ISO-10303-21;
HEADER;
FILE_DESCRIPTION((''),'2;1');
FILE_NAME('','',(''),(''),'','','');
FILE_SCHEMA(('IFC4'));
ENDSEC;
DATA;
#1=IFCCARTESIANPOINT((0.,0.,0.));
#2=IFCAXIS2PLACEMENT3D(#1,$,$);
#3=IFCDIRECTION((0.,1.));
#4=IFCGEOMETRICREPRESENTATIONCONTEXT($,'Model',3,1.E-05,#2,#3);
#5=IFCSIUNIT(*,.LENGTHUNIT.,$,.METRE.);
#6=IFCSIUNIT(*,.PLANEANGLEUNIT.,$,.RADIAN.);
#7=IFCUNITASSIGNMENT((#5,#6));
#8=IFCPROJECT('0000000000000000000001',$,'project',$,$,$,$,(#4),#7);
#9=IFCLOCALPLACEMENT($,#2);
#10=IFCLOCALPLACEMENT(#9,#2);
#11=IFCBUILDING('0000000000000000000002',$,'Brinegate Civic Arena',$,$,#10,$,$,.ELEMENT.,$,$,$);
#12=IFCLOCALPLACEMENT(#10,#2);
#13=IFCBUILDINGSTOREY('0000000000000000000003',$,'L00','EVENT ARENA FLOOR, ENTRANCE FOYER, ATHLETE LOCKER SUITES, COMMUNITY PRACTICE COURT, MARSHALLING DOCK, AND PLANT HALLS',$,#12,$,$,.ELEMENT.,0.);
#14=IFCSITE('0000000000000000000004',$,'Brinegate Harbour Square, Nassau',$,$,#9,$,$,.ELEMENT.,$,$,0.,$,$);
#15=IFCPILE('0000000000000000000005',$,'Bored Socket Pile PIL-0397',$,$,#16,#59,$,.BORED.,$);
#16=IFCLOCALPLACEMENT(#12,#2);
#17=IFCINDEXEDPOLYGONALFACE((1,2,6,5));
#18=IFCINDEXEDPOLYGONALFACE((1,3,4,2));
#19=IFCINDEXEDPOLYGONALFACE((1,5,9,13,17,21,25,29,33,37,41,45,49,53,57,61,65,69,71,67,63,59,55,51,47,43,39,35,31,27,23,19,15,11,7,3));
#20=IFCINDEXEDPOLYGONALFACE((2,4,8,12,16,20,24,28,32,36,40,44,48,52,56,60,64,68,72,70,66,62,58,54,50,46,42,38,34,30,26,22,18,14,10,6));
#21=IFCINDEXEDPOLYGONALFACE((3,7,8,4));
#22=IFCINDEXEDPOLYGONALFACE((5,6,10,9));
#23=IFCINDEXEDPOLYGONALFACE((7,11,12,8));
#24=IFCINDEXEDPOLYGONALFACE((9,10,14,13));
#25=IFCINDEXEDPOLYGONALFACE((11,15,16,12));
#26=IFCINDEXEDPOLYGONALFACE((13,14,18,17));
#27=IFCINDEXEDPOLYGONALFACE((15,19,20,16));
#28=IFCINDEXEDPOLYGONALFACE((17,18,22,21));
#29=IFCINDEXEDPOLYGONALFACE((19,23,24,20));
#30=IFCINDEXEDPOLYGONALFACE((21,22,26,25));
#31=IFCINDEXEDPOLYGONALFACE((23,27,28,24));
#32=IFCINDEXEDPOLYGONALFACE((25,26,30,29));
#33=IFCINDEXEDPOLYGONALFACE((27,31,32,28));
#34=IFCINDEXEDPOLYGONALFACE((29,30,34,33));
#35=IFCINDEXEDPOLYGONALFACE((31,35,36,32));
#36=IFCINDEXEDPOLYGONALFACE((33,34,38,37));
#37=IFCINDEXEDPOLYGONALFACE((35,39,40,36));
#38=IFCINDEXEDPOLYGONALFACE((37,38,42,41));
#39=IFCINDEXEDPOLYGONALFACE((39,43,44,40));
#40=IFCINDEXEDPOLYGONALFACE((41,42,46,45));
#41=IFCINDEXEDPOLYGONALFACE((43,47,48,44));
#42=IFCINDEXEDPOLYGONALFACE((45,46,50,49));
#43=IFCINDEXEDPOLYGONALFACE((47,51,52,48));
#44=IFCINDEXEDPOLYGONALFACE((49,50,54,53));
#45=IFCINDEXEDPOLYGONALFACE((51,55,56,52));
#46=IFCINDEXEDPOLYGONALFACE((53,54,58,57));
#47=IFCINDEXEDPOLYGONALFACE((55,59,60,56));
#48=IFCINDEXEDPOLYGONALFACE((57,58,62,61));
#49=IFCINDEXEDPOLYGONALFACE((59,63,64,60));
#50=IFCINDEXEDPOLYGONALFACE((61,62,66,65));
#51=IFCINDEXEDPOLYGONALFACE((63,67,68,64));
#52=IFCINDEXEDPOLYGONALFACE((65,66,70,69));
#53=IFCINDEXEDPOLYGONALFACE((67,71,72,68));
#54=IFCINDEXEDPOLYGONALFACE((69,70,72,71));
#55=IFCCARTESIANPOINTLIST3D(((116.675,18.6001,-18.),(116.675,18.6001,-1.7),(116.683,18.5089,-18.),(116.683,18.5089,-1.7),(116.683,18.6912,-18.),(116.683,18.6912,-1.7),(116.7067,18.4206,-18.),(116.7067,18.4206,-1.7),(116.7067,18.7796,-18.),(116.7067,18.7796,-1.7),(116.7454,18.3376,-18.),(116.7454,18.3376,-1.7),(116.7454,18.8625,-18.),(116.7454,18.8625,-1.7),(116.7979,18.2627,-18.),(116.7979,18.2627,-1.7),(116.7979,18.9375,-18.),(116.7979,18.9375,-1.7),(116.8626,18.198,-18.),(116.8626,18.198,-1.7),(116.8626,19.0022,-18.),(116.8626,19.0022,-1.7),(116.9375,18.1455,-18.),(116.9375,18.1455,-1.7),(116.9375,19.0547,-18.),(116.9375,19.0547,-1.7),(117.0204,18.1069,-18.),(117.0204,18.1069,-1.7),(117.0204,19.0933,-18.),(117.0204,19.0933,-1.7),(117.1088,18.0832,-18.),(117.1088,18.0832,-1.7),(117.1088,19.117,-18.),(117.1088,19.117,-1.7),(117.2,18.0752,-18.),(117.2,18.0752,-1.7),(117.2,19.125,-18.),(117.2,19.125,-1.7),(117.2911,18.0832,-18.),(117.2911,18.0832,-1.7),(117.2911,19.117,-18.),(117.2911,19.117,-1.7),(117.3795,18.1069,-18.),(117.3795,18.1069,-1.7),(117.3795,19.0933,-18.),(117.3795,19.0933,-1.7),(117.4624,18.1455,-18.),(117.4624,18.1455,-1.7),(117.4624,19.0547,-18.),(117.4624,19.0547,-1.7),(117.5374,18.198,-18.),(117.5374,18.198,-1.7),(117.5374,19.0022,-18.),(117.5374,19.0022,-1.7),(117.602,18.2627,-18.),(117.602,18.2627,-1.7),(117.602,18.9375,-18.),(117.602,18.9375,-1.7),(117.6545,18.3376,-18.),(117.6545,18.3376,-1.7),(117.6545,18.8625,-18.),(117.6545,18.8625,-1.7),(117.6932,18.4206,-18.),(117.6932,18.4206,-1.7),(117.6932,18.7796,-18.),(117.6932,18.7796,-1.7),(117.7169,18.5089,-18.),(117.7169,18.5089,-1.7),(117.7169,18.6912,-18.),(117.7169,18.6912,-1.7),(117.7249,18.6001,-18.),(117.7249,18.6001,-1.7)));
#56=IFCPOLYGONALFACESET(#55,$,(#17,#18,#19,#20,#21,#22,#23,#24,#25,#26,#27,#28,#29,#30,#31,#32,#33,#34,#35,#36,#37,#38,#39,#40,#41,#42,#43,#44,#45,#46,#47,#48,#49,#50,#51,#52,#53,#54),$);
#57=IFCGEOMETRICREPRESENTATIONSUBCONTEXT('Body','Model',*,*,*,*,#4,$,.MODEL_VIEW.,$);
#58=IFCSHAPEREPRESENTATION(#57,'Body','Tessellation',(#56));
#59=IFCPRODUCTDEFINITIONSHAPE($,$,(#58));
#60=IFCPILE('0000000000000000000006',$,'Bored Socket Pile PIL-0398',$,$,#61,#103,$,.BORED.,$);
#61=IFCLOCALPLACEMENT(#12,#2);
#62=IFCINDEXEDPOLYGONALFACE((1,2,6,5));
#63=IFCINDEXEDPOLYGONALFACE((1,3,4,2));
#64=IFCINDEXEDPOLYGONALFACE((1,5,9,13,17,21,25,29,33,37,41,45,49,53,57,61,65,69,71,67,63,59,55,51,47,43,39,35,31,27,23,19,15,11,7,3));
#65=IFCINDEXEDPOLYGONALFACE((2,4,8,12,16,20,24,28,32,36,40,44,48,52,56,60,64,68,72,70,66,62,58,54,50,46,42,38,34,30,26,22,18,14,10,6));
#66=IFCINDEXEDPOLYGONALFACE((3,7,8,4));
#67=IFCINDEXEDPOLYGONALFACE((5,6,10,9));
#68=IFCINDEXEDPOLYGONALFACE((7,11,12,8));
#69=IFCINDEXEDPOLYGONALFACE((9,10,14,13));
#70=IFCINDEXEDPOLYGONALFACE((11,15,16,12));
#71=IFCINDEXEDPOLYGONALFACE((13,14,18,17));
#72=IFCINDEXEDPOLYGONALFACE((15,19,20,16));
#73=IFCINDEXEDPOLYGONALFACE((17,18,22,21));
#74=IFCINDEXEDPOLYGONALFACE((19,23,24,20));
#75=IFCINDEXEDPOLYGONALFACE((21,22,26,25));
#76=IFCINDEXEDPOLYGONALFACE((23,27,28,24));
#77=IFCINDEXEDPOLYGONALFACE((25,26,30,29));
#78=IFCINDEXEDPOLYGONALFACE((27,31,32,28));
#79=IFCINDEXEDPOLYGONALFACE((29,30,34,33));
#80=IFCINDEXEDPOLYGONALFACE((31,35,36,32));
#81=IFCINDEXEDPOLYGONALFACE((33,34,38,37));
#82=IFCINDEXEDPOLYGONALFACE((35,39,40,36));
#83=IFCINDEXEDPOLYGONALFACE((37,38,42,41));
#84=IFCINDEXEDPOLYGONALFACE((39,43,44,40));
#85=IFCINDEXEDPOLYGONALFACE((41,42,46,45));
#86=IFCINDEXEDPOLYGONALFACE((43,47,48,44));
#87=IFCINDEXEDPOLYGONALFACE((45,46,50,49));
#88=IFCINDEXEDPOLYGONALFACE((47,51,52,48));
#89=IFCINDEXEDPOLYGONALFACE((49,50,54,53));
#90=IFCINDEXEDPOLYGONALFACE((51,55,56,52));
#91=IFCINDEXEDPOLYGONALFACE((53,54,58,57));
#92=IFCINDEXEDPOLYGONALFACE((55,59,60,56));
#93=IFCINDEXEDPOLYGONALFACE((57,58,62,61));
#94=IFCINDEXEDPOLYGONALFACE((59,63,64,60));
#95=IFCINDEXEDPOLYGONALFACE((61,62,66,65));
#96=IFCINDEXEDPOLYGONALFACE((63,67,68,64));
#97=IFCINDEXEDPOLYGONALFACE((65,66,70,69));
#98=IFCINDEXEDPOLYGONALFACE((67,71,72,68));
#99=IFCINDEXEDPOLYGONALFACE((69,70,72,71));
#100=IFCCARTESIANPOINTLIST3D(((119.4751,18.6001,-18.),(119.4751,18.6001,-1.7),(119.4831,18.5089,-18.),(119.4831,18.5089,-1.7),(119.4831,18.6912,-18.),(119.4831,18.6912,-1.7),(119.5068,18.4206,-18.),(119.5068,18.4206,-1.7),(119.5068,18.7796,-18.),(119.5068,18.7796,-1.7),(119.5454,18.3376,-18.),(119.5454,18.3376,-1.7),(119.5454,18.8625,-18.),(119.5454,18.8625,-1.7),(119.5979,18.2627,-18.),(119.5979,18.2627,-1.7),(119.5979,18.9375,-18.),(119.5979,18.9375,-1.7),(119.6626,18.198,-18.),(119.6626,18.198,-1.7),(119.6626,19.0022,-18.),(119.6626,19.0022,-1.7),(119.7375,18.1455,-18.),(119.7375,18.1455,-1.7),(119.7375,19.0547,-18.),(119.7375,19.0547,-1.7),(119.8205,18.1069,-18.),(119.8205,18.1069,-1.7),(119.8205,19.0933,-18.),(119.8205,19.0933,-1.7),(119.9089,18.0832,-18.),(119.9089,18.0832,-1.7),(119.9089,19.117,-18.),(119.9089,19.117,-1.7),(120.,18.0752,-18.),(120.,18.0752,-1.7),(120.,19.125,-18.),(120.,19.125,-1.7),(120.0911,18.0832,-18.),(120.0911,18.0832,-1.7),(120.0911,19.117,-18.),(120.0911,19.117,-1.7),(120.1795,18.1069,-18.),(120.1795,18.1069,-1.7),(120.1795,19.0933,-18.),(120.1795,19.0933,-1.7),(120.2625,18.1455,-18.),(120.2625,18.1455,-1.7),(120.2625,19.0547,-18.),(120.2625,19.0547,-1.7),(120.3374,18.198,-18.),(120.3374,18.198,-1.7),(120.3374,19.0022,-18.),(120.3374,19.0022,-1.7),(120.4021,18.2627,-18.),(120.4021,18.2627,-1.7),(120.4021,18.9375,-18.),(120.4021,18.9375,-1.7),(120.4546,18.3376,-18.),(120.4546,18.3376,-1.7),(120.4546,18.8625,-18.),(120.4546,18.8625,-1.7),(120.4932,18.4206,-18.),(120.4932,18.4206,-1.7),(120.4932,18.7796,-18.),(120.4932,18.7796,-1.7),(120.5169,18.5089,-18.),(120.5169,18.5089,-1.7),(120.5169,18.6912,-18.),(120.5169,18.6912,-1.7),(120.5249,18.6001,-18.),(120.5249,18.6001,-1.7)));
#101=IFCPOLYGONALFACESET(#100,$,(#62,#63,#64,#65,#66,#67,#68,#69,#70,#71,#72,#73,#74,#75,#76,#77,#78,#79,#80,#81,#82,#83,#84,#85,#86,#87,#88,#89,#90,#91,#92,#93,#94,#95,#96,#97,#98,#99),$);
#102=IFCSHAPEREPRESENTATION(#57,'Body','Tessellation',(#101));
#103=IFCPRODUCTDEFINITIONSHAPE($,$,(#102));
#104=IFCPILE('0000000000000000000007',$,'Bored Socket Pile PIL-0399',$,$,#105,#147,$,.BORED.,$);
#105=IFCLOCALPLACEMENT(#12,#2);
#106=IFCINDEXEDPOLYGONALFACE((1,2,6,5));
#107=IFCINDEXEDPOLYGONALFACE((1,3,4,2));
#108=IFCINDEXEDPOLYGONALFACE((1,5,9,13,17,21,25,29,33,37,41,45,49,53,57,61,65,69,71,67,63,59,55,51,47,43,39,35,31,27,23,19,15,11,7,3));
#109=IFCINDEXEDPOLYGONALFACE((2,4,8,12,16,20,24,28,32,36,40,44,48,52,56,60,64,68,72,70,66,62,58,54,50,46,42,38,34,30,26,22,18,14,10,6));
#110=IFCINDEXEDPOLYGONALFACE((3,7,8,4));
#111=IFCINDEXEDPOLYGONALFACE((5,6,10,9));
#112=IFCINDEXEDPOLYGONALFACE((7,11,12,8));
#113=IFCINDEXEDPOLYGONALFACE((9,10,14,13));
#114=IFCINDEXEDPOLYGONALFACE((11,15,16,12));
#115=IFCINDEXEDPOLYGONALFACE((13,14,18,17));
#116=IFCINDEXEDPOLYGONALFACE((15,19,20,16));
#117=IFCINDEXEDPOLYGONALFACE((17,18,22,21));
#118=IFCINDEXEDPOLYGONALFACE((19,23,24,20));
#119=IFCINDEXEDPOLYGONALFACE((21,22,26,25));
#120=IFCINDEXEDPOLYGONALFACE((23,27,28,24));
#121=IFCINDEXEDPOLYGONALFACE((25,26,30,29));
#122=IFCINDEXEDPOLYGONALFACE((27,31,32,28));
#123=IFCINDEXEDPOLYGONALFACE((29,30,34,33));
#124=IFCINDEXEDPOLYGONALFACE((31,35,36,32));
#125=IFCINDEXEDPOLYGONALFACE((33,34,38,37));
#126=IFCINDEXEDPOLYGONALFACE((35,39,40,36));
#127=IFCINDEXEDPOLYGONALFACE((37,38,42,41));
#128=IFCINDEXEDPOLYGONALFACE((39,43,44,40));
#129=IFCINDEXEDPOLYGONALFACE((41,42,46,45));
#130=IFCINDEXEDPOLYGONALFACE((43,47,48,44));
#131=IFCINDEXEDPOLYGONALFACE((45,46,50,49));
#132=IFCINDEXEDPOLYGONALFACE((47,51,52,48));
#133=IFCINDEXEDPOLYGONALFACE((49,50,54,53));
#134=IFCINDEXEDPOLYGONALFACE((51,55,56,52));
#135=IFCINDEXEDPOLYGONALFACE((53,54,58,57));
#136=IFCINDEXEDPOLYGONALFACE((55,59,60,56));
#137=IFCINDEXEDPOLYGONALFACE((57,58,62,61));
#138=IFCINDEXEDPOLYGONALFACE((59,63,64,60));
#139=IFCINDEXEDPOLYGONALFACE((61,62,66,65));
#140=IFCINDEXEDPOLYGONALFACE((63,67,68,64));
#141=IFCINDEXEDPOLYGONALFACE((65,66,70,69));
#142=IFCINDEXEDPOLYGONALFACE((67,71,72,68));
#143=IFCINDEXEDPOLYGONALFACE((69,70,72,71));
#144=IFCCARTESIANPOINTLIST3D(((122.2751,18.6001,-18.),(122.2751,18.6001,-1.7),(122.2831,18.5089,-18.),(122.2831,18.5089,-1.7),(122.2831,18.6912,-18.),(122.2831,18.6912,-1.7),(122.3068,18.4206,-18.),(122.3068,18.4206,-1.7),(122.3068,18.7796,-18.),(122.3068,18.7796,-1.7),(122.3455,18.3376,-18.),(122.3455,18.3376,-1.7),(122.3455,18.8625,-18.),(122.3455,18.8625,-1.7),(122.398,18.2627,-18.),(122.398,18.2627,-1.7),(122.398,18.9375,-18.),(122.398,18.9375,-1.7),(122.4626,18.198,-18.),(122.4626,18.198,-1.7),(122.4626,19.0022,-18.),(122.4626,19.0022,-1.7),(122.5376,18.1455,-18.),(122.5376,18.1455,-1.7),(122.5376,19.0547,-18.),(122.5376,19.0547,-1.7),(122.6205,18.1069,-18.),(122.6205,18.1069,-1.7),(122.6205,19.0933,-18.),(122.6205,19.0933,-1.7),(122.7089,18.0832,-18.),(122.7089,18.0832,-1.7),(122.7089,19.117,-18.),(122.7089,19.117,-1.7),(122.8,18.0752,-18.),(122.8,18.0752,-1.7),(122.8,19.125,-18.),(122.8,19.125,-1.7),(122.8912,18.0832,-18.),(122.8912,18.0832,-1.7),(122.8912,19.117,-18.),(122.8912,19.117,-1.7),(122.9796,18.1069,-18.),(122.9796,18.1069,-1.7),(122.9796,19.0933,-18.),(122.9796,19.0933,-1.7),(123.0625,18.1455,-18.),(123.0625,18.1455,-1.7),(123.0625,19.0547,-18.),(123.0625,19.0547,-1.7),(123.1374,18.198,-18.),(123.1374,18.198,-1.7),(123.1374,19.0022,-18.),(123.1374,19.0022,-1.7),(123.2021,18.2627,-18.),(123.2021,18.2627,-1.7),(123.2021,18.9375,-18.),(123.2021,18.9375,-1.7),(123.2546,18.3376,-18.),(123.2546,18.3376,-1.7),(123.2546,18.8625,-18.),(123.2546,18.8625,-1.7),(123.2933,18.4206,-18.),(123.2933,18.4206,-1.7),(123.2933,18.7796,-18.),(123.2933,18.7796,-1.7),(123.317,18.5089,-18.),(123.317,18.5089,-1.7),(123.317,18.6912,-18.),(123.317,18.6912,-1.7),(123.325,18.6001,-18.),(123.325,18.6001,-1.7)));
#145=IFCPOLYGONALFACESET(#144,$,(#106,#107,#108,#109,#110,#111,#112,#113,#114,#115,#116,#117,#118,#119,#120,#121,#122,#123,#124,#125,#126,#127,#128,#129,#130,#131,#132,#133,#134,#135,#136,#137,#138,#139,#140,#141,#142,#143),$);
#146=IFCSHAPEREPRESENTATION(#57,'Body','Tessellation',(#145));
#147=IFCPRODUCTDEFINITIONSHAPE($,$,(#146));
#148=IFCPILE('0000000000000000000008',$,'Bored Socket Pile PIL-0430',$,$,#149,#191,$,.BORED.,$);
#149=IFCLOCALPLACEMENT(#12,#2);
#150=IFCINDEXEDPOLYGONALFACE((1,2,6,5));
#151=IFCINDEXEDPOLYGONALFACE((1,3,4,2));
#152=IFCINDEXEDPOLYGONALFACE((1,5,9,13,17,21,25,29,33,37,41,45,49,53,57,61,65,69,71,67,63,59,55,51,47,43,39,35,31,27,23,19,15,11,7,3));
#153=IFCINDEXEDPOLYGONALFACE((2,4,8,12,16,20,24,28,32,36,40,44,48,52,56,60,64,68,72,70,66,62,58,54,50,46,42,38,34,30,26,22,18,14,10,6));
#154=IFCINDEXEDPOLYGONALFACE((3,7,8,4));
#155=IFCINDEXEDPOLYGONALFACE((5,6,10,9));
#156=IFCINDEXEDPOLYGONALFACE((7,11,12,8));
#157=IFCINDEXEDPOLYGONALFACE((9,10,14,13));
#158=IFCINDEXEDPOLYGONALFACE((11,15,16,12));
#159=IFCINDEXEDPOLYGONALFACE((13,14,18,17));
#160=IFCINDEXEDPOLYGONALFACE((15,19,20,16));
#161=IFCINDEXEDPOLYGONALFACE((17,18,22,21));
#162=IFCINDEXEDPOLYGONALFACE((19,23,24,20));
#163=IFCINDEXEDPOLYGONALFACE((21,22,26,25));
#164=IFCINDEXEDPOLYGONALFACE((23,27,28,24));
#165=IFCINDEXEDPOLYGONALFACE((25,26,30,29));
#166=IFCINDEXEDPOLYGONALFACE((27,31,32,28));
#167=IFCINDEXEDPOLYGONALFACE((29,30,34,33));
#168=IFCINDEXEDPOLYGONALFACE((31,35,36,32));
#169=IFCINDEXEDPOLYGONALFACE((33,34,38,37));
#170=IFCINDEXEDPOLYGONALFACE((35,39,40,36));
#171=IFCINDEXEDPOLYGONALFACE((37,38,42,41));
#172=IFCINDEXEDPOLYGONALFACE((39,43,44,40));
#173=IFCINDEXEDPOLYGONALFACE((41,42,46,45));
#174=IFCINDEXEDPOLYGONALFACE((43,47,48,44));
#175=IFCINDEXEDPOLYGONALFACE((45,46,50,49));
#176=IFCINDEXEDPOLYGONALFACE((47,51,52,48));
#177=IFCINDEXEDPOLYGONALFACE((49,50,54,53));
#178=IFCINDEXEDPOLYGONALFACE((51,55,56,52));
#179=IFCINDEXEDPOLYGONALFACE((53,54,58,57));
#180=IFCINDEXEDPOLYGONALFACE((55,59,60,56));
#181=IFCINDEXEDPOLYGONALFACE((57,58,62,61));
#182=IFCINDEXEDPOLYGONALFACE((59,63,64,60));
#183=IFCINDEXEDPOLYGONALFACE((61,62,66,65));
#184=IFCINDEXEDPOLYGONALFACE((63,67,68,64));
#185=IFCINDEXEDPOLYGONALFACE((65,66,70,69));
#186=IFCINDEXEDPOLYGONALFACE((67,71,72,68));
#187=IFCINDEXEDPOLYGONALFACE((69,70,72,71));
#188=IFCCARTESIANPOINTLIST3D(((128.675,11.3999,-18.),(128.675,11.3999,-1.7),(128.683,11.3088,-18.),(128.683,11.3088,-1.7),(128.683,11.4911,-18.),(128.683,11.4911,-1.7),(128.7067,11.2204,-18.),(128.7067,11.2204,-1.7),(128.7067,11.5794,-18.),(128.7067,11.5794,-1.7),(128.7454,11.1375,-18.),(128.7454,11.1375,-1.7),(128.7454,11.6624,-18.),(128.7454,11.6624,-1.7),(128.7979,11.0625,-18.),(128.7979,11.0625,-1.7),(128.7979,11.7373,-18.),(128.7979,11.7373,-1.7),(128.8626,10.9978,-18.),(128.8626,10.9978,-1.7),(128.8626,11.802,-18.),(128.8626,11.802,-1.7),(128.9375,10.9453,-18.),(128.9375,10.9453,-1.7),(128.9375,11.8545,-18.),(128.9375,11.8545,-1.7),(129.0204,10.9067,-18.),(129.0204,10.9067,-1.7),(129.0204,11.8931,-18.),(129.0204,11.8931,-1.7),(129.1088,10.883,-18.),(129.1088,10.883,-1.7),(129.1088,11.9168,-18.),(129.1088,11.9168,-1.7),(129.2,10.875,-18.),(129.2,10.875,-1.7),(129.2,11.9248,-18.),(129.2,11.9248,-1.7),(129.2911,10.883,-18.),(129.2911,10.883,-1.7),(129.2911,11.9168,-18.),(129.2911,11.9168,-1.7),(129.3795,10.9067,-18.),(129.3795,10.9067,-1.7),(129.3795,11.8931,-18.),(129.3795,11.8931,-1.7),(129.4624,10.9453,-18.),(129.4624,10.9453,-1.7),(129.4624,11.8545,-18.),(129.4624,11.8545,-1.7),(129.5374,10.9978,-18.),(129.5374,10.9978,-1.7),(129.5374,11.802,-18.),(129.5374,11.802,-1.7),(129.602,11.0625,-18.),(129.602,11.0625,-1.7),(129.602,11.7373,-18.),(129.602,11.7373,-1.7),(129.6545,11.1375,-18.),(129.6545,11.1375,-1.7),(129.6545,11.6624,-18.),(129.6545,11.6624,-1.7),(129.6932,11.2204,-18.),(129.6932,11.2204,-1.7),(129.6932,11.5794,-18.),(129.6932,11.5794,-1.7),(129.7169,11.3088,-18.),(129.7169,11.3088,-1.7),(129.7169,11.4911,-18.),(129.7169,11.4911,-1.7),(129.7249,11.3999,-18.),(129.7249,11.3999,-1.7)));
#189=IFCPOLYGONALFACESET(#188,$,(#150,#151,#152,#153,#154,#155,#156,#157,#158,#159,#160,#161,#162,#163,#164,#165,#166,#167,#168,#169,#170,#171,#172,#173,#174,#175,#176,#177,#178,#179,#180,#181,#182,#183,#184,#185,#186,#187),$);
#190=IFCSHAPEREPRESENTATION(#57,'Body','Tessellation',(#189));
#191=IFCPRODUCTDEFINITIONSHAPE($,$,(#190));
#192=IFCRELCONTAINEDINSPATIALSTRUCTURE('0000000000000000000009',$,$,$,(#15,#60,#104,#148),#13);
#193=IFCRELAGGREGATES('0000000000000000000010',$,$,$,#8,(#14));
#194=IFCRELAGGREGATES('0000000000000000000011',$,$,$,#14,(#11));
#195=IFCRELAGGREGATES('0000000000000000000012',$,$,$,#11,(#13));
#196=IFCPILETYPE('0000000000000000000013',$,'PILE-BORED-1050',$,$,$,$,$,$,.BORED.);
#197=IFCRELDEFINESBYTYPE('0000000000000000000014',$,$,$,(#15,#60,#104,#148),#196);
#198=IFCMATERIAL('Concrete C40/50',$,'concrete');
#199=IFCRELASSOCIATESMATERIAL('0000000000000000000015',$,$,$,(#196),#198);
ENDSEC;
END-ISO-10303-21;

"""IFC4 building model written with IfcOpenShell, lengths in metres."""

from ifc_helpers import new_model, si_unit, direction, frame, origin, origin_2d, place, context, subcontext, project, spatial, circle, extrude, material, material_profile, profile_set, type_object, element, save


model = new_model("IFC4")

# Units and contexts
model_context = context("Model", 3, precision=1e-05, world=origin(), true_north=direction((0.0, 1.0)))
body_context = subcontext(model_context, "Body", "Model", "MODEL_VIEW")
ifc_project = project(units=[si_unit("LENGTHUNIT", "METRE"), si_unit("PLANEANGLEUNIT", "RADIAN")], contexts=[model_context])

# Site, building, storey
site_placement = place(None, origin())
site = spatial("IfcSite", under=ifc_project, at=site_placement, Name="Brinegate Harbour Square, Nassau", CompositionType="ELEMENT", RefElevation=0.0)
building_placement = place(site_placement, origin())
building = spatial("IfcBuilding", under=site, at=building_placement, Name="Brinegate Civic Arena", CompositionType="ELEMENT")
storey_placement = place(building_placement, origin())
storey = spatial("IfcBuildingStorey", under=building, at=storey_placement, Name="L00", Description="EVENT ARENA FLOOR, ENTRANCE FOYER, ATHLETE LOCKER SUITES, COMMUNITY PRACTICE COURT, MARSHALLING DOCK, AND PLANT HALLS", CompositionType="ELEMENT", Elevation=0.0)

# Shared definitions
ifc_material_1 = material(Name="Concrete C40/50", Category="concrete")

# Piles
ifc_material_profile_1 = material_profile(ifc_material_1, circle(Radius=0.5249, at=origin_2d()), Name="PILED1050")
ifc_profile_set_1 = profile_set([ifc_material_profile_1], Name="Concrete C40/50")
pile_type_1 = type_object("IfcPileType", Name="PILE-BORED-1050", PredefinedType="BORED", material=ifc_profile_set_1)
for number, where, z_axis, x_axis, name in (
    (1, (117.2, 18.6001, -1.7), (0.0, 0.0, -1.0), (1.0, 0.0, 0.0), "Bored Socket Pile PIL-0397"),
    (2, (120.0, 18.6001, -1.7), (0.0, 0.0, -1.0), (1.0, 0.0, 0.0), "Bored Socket Pile PIL-0398"),
    (3, (122.8, 18.6001, -1.7), (0.0, 0.0, -1.0), (1.0, 0.0, 0.0), "Bored Socket Pile PIL-0399"),
    (4, (129.2, 11.3999, -1.7), (0.0, 0.0, -1.0), (1.0, 0.0, 0.0), "Bored Socket Pile PIL-0430"),
):
    element("IfcPile", number, at=place(storey_placement, frame(where, z_axis=z_axis, x_axis=x_axis)), inside=storey, type_object=pile_type_1, Name=name, PredefinedType="BORED", context=body_context, shape_type="SweptSolid", body=[
        extrude(circle(Radius=0.5249, at=origin_2d()), origin(), (0.0, 0.0, 1.0), 16.3),
    ])

save(model, "model.ifc")
